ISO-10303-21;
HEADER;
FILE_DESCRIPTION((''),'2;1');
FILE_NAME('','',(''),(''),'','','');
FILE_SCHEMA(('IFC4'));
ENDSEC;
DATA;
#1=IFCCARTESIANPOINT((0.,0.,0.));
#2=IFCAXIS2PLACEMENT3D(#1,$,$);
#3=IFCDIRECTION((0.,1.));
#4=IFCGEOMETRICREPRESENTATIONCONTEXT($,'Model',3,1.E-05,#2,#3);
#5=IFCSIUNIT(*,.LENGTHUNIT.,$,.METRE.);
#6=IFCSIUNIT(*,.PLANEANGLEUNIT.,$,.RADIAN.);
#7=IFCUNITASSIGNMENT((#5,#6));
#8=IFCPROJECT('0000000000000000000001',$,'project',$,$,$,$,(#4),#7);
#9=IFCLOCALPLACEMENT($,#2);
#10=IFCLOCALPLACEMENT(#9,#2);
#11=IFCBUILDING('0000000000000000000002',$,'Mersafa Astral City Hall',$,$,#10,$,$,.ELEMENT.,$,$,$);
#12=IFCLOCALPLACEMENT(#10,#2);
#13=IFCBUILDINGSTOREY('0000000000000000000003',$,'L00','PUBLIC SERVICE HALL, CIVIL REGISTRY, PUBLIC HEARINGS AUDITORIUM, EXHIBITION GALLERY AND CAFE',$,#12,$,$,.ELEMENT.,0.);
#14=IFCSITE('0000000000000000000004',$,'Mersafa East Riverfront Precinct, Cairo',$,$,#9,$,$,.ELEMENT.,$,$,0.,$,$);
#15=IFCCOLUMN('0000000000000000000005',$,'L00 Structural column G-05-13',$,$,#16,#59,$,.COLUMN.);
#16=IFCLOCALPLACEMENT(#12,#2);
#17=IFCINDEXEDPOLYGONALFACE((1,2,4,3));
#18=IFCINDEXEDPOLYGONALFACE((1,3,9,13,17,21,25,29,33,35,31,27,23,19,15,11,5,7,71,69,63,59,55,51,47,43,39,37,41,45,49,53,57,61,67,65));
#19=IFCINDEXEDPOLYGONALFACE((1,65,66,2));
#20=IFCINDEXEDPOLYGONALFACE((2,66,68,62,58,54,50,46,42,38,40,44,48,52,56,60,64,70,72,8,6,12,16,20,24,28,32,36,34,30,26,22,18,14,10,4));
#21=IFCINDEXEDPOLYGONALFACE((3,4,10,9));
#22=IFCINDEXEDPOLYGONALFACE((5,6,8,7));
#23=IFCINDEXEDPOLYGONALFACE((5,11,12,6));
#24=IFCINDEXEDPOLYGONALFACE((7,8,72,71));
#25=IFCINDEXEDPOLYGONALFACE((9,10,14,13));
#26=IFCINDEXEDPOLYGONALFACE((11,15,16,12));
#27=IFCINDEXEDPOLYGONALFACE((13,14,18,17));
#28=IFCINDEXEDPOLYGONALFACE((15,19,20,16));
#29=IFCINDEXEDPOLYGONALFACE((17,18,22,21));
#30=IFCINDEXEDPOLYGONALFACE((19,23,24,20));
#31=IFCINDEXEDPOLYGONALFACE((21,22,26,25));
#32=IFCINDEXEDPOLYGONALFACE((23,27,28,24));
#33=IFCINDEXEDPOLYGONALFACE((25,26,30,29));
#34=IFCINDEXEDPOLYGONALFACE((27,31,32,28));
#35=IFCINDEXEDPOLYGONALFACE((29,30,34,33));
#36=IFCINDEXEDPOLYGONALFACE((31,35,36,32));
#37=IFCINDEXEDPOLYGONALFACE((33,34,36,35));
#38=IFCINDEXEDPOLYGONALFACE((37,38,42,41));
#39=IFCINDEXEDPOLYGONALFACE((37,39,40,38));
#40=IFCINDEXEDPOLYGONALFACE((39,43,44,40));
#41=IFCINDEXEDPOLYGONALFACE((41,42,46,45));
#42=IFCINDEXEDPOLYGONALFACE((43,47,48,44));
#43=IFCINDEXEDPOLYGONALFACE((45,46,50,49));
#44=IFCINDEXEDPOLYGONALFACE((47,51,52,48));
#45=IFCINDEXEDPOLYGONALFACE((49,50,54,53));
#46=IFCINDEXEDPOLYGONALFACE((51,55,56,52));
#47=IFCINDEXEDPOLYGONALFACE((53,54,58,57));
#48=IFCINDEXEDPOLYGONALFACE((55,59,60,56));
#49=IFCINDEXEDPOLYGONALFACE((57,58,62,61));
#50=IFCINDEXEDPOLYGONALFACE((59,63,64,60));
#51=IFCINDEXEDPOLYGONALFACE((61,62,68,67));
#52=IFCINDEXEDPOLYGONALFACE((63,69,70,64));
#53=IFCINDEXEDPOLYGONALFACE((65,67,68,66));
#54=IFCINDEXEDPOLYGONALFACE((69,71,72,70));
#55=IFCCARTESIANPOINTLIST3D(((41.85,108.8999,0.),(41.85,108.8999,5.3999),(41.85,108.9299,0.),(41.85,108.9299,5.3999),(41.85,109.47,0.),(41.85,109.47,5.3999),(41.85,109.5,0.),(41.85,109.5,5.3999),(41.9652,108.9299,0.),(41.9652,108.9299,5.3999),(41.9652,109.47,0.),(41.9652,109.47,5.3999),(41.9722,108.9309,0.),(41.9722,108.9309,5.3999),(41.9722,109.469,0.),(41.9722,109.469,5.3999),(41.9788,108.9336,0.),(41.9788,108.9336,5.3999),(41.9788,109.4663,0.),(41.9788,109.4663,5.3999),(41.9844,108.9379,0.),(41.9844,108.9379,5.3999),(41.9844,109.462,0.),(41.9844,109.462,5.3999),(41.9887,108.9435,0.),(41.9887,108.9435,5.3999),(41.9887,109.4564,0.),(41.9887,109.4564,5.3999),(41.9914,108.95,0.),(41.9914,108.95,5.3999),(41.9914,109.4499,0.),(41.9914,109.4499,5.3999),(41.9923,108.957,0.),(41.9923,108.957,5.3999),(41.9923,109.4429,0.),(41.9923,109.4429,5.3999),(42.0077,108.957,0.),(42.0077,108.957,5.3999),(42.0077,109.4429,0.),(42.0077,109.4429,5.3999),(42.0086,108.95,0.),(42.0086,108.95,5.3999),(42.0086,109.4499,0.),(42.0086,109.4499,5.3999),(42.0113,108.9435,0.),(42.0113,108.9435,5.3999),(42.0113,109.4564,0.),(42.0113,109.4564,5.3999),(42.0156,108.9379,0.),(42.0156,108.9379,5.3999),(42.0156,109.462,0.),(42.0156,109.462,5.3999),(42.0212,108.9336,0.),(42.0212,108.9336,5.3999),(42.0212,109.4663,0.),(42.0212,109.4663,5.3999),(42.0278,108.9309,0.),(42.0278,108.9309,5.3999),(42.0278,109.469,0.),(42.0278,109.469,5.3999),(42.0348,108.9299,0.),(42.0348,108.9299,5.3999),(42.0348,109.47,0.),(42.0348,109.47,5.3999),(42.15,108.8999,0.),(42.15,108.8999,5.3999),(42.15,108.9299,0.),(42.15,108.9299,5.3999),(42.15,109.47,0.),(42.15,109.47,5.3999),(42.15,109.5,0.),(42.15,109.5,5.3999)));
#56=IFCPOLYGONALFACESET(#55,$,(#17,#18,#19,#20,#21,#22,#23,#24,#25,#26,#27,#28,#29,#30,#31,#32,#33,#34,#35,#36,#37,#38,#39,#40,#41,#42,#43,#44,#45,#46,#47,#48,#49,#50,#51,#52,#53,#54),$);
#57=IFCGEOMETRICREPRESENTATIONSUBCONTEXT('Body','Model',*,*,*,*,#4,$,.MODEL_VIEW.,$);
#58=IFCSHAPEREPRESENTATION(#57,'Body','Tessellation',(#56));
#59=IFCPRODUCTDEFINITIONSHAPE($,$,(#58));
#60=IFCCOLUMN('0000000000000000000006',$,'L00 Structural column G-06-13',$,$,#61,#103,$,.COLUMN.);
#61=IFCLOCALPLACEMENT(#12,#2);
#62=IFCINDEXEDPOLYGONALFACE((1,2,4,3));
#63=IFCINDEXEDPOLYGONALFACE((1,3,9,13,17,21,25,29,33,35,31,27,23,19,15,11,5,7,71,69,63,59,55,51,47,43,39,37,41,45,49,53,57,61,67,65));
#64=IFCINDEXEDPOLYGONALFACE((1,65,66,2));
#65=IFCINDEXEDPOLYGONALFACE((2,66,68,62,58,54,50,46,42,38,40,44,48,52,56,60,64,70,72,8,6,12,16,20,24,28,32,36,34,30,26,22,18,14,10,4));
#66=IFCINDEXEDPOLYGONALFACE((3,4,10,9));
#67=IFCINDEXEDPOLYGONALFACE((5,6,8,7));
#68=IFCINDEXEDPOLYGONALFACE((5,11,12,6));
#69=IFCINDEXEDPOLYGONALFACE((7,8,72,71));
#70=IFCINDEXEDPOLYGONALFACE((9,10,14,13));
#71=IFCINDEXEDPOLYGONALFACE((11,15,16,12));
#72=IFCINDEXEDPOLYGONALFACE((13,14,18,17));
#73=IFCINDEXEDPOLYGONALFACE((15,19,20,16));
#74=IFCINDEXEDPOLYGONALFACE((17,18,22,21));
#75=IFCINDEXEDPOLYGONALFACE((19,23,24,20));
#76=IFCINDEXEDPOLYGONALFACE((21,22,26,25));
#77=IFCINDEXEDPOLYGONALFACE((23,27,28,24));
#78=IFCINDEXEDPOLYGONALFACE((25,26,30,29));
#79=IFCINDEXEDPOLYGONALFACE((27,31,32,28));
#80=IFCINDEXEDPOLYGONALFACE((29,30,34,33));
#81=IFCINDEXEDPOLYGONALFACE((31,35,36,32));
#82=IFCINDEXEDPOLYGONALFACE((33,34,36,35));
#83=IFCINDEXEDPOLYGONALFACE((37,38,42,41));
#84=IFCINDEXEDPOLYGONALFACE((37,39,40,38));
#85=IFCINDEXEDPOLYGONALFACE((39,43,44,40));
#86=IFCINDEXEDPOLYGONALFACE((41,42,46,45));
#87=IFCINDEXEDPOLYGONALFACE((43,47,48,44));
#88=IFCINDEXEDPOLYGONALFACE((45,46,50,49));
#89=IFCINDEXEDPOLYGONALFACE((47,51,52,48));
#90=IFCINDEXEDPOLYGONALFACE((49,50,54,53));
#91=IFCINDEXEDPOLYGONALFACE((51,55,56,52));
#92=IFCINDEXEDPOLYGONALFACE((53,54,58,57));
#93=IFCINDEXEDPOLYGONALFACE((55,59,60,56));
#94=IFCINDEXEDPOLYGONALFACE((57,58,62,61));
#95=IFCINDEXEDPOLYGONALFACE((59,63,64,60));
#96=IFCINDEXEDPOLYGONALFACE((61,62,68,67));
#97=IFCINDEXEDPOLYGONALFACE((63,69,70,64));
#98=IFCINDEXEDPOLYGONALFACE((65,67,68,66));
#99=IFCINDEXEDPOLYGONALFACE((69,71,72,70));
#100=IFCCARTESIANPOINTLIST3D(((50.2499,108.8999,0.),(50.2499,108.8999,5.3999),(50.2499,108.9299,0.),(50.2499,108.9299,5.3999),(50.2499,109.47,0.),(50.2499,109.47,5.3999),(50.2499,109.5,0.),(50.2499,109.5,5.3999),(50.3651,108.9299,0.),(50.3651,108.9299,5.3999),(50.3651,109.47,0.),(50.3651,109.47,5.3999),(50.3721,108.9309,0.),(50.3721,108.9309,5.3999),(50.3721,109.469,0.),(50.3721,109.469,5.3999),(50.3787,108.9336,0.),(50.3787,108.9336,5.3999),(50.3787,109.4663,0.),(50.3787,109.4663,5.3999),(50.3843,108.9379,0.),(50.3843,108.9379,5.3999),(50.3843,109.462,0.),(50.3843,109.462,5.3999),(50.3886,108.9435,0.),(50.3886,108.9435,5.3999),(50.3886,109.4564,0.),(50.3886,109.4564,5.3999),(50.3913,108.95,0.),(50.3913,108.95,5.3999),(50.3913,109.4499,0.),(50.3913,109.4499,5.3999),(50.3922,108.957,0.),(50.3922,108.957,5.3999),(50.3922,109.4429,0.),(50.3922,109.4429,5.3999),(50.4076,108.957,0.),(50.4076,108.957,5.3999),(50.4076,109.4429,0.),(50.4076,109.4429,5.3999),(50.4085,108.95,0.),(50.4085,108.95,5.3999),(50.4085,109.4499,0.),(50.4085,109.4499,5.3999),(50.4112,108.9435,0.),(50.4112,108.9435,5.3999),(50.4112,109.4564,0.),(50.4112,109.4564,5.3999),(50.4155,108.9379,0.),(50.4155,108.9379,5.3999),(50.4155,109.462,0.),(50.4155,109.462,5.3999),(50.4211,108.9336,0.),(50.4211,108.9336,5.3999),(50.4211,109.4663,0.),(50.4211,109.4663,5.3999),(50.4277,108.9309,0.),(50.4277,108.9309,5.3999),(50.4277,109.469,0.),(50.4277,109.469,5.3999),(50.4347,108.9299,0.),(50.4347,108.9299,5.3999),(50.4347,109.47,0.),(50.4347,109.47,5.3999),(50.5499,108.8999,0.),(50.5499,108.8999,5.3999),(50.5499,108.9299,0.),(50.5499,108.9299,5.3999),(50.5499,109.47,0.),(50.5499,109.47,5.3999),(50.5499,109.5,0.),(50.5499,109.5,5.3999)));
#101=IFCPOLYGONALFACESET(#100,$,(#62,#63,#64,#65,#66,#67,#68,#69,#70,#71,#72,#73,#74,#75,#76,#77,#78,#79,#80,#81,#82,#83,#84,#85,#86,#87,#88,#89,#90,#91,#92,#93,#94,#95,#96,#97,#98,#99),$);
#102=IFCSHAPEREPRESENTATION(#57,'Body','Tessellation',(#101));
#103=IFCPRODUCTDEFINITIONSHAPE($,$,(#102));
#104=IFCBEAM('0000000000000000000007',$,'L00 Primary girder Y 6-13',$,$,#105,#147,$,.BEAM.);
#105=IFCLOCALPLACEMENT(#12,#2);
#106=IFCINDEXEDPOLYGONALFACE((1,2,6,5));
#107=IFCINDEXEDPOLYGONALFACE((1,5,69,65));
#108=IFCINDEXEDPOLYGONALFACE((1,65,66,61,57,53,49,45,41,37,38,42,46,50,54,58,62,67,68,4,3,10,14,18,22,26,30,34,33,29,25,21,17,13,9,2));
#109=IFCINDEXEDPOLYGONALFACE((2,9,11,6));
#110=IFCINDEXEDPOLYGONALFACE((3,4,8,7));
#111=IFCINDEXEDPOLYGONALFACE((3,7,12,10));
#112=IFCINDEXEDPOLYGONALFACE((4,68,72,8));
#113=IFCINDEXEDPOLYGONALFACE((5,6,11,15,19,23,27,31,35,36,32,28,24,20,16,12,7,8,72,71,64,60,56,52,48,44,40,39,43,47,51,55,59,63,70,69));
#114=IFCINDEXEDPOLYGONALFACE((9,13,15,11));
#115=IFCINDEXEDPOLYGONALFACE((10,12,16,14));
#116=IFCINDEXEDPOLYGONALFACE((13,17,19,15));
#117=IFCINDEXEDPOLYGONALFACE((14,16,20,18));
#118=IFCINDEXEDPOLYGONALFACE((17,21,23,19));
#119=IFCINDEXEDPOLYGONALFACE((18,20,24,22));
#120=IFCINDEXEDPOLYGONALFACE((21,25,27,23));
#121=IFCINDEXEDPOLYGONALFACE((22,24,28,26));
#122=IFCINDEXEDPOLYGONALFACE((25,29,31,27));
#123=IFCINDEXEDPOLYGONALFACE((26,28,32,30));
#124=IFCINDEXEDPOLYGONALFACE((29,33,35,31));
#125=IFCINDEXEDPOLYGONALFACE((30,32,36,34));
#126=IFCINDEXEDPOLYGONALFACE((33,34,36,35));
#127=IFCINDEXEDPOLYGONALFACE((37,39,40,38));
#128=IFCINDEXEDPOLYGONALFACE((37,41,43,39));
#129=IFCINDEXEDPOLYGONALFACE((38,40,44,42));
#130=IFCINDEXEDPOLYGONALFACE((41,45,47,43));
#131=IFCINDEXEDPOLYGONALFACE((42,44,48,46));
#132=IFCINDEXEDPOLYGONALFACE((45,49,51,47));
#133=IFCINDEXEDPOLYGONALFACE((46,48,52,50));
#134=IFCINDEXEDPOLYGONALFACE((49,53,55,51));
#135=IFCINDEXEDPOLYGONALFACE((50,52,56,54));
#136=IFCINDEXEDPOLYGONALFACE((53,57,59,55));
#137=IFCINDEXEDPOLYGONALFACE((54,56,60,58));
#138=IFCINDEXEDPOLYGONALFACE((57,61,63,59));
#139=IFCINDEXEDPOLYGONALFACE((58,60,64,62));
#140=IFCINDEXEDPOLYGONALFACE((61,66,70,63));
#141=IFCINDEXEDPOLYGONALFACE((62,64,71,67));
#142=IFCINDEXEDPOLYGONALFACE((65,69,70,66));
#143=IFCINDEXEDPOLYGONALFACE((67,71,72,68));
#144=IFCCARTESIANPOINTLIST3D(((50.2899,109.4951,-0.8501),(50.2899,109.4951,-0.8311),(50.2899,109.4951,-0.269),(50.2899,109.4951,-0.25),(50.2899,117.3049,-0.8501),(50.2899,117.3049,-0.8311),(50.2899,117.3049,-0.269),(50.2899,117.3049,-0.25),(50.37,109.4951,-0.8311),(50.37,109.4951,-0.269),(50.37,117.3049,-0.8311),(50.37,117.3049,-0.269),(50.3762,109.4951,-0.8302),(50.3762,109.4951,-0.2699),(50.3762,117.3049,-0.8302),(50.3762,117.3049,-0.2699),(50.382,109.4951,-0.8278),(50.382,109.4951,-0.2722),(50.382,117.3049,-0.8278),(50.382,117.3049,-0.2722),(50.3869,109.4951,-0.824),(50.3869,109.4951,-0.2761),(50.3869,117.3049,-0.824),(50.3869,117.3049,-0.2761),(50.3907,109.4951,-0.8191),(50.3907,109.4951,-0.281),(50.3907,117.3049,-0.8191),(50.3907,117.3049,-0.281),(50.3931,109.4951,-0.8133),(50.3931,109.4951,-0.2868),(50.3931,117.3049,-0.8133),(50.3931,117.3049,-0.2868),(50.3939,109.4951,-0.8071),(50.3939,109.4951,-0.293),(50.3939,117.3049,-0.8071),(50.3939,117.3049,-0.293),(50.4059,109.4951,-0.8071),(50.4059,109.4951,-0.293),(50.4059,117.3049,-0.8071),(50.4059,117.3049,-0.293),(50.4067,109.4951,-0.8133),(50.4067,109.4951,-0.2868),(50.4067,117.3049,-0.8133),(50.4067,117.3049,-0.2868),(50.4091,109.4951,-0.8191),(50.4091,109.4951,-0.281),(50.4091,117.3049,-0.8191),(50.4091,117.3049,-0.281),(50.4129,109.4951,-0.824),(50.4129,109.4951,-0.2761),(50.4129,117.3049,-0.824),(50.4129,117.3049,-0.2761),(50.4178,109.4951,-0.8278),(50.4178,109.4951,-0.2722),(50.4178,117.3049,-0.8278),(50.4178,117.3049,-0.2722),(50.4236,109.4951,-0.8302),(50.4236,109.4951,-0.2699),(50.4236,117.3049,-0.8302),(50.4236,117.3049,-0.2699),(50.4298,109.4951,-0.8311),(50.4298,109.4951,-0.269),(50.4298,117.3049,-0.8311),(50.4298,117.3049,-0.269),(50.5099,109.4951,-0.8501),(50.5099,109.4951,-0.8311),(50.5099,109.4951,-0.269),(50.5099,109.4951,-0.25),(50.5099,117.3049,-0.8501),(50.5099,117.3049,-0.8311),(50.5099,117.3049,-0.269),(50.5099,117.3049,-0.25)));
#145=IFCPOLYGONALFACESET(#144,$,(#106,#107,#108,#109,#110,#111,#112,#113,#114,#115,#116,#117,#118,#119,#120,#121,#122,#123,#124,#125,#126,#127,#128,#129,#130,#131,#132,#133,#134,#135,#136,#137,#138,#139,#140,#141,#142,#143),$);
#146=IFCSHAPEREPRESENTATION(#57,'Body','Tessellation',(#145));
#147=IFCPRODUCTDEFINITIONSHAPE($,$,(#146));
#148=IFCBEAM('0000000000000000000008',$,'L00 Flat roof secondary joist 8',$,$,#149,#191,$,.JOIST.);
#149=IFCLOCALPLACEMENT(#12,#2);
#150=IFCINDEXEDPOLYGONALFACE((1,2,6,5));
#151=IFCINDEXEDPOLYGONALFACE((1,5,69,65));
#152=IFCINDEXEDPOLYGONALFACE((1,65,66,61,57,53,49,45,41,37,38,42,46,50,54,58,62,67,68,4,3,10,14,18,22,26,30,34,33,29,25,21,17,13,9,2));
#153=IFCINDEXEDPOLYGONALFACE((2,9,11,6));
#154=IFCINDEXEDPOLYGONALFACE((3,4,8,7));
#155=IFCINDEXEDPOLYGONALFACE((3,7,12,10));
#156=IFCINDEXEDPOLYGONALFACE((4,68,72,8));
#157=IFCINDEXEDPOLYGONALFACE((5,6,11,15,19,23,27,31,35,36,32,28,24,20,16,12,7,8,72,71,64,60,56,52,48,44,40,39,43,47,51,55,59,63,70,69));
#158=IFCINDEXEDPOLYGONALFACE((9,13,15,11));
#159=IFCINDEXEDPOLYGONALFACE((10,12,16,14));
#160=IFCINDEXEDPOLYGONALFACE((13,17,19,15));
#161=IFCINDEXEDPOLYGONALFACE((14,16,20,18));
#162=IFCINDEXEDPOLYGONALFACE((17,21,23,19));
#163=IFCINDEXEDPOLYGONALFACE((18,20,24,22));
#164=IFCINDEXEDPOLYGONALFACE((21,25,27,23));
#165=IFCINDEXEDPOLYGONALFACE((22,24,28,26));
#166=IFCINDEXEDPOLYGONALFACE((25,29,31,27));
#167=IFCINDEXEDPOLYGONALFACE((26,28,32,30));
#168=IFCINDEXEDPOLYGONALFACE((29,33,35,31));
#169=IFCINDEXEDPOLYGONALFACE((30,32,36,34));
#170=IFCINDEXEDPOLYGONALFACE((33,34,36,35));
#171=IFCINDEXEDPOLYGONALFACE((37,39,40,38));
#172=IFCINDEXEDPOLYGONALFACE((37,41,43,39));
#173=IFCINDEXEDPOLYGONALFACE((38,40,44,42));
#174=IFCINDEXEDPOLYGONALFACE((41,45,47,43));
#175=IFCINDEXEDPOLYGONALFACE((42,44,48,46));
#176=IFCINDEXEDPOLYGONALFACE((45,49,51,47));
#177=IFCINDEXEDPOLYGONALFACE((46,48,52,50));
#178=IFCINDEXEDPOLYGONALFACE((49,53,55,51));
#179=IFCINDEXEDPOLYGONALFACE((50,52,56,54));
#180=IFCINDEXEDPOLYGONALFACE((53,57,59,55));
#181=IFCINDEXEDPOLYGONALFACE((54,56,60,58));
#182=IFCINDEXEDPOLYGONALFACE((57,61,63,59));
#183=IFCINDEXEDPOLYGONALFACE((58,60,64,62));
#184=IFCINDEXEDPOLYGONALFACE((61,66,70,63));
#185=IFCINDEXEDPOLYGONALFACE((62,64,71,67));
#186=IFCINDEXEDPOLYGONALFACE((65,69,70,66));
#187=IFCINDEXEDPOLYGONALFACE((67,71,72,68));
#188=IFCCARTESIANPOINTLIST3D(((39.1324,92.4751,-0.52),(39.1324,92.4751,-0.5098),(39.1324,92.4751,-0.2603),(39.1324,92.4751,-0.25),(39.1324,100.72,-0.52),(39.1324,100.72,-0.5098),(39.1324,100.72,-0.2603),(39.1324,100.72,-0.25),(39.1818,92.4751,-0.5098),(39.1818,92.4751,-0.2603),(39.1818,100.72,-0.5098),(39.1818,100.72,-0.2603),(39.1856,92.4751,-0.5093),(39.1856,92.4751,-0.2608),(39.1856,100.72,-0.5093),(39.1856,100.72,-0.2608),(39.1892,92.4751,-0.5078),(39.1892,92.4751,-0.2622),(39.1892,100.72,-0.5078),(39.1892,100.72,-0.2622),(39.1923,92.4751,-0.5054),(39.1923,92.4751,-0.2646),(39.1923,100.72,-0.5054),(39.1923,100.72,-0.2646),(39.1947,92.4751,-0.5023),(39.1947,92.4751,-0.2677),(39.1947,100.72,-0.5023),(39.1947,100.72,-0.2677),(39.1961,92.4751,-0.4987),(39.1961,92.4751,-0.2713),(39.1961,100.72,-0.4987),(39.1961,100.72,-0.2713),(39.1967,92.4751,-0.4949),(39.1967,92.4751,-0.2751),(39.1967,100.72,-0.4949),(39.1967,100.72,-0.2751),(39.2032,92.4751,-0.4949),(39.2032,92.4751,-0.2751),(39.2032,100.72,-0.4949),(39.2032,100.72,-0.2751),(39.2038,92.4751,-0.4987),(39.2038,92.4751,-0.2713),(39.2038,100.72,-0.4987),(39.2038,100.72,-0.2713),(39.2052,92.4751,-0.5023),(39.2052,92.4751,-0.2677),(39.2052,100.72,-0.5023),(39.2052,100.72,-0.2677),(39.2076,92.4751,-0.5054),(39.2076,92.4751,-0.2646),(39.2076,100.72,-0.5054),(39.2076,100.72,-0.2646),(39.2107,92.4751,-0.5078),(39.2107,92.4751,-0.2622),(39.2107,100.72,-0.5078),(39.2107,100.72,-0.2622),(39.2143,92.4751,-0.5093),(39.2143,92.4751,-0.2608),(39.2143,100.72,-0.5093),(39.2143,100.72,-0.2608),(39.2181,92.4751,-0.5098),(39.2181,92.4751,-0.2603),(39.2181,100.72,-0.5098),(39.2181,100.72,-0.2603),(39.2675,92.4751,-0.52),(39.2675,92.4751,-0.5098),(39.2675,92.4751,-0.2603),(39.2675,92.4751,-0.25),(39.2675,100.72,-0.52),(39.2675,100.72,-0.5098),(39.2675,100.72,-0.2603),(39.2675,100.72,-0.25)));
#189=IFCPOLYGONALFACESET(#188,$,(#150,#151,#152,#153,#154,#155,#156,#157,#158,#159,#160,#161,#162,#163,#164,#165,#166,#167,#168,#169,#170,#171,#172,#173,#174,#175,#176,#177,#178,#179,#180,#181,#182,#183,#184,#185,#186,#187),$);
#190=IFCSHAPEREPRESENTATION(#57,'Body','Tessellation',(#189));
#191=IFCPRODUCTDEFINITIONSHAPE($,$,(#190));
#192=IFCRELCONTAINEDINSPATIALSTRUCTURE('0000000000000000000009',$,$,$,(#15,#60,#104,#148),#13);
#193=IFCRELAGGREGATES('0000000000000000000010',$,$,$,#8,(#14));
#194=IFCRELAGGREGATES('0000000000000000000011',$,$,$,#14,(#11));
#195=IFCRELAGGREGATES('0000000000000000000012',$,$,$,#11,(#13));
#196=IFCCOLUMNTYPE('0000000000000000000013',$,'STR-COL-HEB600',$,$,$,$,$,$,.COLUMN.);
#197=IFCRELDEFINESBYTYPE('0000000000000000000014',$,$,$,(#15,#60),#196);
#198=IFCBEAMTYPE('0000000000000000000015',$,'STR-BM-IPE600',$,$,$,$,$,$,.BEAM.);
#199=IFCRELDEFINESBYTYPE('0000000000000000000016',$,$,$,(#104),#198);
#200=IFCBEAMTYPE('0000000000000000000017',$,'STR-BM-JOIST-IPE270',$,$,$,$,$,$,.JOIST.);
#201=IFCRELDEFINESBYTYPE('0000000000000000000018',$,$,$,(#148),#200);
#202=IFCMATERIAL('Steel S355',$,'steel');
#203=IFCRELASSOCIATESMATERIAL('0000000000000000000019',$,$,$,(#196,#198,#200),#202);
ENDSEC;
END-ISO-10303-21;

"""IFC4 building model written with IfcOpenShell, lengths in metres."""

from ifc_helpers import new_model, si_unit, direction, frame, origin, origin_2d, place, context, subcontext, project, spatial, i_section, extrude, material, material_profile, profile_set, type_object, element, save


model = new_model("IFC4")

# Units and contexts
model_context = context("Model", 3, precision=1e-05, world=origin(), true_north=direction((0.0, 1.0)))
body_context = subcontext(model_context, "Body", "Model", "MODEL_VIEW")
ifc_project = project(units=[si_unit("LENGTHUNIT", "METRE"), si_unit("PLANEANGLEUNIT", "RADIAN")], contexts=[model_context])

# Site, building, storey
site_placement = place(None, origin())
site = spatial("IfcSite", under=ifc_project, at=site_placement, Name="Mersafa East Riverfront Precinct, Cairo", CompositionType="ELEMENT", RefElevation=0.0)
building_placement = place(site_placement, origin())
building = spatial("IfcBuilding", under=site, at=building_placement, Name="Mersafa Astral City Hall", CompositionType="ELEMENT")
storey_placement = place(building_placement, origin())
storey = spatial("IfcBuildingStorey", under=building, at=storey_placement, Name="L00", Description="PUBLIC SERVICE HALL, CIVIL REGISTRY, PUBLIC HEARINGS AUDITORIUM, EXHIBITION GALLERY AND CAFE", CompositionType="ELEMENT", Elevation=0.0)

# Columns
ifc_material_1 = material(Name="Steel S355", Category="steel")
ifc_material_profile_1 = material_profile(ifc_material_1, i_section(OverallWidth=0.3, OverallDepth=0.6001, WebThickness=0.0154, FlangeThickness=0.03, FilletRadius=0.0271, at=origin_2d()), Name="HEB 600")
ifc_profile_set_1 = profile_set([ifc_material_profile_1], Name="Steel S355")
column_type_1 = type_object("IfcColumnType", Name="STR-COL-HEB600", PredefinedType="COLUMN", material=ifc_profile_set_1)
for number, where, z_axis, x_axis, name in (
    (1, (42.0, 109.2, 0.0), (0.0, 0.0, 1.0), (1.0, 0.0, 0.0), "L00 Structural column G-05-13"),
    (2, (50.3999, 109.2, 0.0), (0.0, 0.0, 1.0), (1.0, 0.0, 0.0), "L00 Structural column G-06-13"),
):
    element("IfcColumn", number, at=place(storey_placement, frame(where, z_axis=z_axis, x_axis=x_axis)), inside=storey, type_object=column_type_1, Name=name, PredefinedType="COLUMN", context=body_context, shape_type="SweptSolid", body=[
        extrude(i_section(OverallWidth=0.3, OverallDepth=0.6001, WebThickness=0.0154, FlangeThickness=0.03, FilletRadius=0.0271, at=origin_2d()), origin(), (0.0, 0.0, 1.0), 5.3999),
    ])

# Beams
ifc_material_profile_2 = material_profile(ifc_material_1, i_section(OverallWidth=0.22, OverallDepth=0.6001, WebThickness=0.012, FlangeThickness=0.019, FilletRadius=0.0239, at=origin_2d()), Name="IPE 600")
ifc_profile_set_2 = profile_set([ifc_material_profile_2], Name="Steel S355")
beam_type_1 = type_object("IfcBeamType", Name="STR-BM-IPE600", PredefinedType="BEAM", material=ifc_profile_set_2)
beam_1_placement = place(storey_placement, frame((50.3999, 109.4951, -0.55), z_axis=(0.0, 1.0, 0.0), x_axis=(-1.0, 0.0, 0.0)))
element("IfcBeam", 3, at=beam_1_placement, inside=storey, type_object=beam_type_1, Name="L00 Primary girder Y 6-13", PredefinedType="BEAM", context=body_context, shape_type="SweptSolid", body=[
    extrude(i_section(OverallWidth=0.22, OverallDepth=0.6001, WebThickness=0.012, FlangeThickness=0.019, FilletRadius=0.0239, at=origin_2d()), origin(), (0.0, 0.0, 1.0), 7.8098),
])
ifc_material_profile_3 = material_profile(ifc_material_1, i_section(OverallWidth=0.135, OverallDepth=0.27, WebThickness=0.0066, FlangeThickness=0.0103, FilletRadius=0.0149, at=origin_2d()), Name="IPE 270")
ifc_profile_set_3 = profile_set([ifc_material_profile_3], Name="Steel S355")
beam_type_2 = type_object("IfcBeamType", Name="STR-BM-JOIST-IPE270", PredefinedType="JOIST", material=ifc_profile_set_3)
beam_2_placement = place(storey_placement, frame((39.2, 92.4751, -0.385), z_axis=(0.0, 1.0, 0.0), x_axis=(-1.0, 0.0, 0.0)))
element("IfcBeam", 4, at=beam_2_placement, inside=storey, type_object=beam_type_2, Name="L00 Flat roof secondary joist 8", PredefinedType="JOIST", context=body_context, shape_type="SweptSolid", body=[
    extrude(i_section(OverallWidth=0.135, OverallDepth=0.27, WebThickness=0.0066, FlangeThickness=0.0103, FilletRadius=0.0149, at=origin_2d()), origin(), (0.0, 0.0, 1.0), 8.2449),
])

save(model, "model.ifc")
